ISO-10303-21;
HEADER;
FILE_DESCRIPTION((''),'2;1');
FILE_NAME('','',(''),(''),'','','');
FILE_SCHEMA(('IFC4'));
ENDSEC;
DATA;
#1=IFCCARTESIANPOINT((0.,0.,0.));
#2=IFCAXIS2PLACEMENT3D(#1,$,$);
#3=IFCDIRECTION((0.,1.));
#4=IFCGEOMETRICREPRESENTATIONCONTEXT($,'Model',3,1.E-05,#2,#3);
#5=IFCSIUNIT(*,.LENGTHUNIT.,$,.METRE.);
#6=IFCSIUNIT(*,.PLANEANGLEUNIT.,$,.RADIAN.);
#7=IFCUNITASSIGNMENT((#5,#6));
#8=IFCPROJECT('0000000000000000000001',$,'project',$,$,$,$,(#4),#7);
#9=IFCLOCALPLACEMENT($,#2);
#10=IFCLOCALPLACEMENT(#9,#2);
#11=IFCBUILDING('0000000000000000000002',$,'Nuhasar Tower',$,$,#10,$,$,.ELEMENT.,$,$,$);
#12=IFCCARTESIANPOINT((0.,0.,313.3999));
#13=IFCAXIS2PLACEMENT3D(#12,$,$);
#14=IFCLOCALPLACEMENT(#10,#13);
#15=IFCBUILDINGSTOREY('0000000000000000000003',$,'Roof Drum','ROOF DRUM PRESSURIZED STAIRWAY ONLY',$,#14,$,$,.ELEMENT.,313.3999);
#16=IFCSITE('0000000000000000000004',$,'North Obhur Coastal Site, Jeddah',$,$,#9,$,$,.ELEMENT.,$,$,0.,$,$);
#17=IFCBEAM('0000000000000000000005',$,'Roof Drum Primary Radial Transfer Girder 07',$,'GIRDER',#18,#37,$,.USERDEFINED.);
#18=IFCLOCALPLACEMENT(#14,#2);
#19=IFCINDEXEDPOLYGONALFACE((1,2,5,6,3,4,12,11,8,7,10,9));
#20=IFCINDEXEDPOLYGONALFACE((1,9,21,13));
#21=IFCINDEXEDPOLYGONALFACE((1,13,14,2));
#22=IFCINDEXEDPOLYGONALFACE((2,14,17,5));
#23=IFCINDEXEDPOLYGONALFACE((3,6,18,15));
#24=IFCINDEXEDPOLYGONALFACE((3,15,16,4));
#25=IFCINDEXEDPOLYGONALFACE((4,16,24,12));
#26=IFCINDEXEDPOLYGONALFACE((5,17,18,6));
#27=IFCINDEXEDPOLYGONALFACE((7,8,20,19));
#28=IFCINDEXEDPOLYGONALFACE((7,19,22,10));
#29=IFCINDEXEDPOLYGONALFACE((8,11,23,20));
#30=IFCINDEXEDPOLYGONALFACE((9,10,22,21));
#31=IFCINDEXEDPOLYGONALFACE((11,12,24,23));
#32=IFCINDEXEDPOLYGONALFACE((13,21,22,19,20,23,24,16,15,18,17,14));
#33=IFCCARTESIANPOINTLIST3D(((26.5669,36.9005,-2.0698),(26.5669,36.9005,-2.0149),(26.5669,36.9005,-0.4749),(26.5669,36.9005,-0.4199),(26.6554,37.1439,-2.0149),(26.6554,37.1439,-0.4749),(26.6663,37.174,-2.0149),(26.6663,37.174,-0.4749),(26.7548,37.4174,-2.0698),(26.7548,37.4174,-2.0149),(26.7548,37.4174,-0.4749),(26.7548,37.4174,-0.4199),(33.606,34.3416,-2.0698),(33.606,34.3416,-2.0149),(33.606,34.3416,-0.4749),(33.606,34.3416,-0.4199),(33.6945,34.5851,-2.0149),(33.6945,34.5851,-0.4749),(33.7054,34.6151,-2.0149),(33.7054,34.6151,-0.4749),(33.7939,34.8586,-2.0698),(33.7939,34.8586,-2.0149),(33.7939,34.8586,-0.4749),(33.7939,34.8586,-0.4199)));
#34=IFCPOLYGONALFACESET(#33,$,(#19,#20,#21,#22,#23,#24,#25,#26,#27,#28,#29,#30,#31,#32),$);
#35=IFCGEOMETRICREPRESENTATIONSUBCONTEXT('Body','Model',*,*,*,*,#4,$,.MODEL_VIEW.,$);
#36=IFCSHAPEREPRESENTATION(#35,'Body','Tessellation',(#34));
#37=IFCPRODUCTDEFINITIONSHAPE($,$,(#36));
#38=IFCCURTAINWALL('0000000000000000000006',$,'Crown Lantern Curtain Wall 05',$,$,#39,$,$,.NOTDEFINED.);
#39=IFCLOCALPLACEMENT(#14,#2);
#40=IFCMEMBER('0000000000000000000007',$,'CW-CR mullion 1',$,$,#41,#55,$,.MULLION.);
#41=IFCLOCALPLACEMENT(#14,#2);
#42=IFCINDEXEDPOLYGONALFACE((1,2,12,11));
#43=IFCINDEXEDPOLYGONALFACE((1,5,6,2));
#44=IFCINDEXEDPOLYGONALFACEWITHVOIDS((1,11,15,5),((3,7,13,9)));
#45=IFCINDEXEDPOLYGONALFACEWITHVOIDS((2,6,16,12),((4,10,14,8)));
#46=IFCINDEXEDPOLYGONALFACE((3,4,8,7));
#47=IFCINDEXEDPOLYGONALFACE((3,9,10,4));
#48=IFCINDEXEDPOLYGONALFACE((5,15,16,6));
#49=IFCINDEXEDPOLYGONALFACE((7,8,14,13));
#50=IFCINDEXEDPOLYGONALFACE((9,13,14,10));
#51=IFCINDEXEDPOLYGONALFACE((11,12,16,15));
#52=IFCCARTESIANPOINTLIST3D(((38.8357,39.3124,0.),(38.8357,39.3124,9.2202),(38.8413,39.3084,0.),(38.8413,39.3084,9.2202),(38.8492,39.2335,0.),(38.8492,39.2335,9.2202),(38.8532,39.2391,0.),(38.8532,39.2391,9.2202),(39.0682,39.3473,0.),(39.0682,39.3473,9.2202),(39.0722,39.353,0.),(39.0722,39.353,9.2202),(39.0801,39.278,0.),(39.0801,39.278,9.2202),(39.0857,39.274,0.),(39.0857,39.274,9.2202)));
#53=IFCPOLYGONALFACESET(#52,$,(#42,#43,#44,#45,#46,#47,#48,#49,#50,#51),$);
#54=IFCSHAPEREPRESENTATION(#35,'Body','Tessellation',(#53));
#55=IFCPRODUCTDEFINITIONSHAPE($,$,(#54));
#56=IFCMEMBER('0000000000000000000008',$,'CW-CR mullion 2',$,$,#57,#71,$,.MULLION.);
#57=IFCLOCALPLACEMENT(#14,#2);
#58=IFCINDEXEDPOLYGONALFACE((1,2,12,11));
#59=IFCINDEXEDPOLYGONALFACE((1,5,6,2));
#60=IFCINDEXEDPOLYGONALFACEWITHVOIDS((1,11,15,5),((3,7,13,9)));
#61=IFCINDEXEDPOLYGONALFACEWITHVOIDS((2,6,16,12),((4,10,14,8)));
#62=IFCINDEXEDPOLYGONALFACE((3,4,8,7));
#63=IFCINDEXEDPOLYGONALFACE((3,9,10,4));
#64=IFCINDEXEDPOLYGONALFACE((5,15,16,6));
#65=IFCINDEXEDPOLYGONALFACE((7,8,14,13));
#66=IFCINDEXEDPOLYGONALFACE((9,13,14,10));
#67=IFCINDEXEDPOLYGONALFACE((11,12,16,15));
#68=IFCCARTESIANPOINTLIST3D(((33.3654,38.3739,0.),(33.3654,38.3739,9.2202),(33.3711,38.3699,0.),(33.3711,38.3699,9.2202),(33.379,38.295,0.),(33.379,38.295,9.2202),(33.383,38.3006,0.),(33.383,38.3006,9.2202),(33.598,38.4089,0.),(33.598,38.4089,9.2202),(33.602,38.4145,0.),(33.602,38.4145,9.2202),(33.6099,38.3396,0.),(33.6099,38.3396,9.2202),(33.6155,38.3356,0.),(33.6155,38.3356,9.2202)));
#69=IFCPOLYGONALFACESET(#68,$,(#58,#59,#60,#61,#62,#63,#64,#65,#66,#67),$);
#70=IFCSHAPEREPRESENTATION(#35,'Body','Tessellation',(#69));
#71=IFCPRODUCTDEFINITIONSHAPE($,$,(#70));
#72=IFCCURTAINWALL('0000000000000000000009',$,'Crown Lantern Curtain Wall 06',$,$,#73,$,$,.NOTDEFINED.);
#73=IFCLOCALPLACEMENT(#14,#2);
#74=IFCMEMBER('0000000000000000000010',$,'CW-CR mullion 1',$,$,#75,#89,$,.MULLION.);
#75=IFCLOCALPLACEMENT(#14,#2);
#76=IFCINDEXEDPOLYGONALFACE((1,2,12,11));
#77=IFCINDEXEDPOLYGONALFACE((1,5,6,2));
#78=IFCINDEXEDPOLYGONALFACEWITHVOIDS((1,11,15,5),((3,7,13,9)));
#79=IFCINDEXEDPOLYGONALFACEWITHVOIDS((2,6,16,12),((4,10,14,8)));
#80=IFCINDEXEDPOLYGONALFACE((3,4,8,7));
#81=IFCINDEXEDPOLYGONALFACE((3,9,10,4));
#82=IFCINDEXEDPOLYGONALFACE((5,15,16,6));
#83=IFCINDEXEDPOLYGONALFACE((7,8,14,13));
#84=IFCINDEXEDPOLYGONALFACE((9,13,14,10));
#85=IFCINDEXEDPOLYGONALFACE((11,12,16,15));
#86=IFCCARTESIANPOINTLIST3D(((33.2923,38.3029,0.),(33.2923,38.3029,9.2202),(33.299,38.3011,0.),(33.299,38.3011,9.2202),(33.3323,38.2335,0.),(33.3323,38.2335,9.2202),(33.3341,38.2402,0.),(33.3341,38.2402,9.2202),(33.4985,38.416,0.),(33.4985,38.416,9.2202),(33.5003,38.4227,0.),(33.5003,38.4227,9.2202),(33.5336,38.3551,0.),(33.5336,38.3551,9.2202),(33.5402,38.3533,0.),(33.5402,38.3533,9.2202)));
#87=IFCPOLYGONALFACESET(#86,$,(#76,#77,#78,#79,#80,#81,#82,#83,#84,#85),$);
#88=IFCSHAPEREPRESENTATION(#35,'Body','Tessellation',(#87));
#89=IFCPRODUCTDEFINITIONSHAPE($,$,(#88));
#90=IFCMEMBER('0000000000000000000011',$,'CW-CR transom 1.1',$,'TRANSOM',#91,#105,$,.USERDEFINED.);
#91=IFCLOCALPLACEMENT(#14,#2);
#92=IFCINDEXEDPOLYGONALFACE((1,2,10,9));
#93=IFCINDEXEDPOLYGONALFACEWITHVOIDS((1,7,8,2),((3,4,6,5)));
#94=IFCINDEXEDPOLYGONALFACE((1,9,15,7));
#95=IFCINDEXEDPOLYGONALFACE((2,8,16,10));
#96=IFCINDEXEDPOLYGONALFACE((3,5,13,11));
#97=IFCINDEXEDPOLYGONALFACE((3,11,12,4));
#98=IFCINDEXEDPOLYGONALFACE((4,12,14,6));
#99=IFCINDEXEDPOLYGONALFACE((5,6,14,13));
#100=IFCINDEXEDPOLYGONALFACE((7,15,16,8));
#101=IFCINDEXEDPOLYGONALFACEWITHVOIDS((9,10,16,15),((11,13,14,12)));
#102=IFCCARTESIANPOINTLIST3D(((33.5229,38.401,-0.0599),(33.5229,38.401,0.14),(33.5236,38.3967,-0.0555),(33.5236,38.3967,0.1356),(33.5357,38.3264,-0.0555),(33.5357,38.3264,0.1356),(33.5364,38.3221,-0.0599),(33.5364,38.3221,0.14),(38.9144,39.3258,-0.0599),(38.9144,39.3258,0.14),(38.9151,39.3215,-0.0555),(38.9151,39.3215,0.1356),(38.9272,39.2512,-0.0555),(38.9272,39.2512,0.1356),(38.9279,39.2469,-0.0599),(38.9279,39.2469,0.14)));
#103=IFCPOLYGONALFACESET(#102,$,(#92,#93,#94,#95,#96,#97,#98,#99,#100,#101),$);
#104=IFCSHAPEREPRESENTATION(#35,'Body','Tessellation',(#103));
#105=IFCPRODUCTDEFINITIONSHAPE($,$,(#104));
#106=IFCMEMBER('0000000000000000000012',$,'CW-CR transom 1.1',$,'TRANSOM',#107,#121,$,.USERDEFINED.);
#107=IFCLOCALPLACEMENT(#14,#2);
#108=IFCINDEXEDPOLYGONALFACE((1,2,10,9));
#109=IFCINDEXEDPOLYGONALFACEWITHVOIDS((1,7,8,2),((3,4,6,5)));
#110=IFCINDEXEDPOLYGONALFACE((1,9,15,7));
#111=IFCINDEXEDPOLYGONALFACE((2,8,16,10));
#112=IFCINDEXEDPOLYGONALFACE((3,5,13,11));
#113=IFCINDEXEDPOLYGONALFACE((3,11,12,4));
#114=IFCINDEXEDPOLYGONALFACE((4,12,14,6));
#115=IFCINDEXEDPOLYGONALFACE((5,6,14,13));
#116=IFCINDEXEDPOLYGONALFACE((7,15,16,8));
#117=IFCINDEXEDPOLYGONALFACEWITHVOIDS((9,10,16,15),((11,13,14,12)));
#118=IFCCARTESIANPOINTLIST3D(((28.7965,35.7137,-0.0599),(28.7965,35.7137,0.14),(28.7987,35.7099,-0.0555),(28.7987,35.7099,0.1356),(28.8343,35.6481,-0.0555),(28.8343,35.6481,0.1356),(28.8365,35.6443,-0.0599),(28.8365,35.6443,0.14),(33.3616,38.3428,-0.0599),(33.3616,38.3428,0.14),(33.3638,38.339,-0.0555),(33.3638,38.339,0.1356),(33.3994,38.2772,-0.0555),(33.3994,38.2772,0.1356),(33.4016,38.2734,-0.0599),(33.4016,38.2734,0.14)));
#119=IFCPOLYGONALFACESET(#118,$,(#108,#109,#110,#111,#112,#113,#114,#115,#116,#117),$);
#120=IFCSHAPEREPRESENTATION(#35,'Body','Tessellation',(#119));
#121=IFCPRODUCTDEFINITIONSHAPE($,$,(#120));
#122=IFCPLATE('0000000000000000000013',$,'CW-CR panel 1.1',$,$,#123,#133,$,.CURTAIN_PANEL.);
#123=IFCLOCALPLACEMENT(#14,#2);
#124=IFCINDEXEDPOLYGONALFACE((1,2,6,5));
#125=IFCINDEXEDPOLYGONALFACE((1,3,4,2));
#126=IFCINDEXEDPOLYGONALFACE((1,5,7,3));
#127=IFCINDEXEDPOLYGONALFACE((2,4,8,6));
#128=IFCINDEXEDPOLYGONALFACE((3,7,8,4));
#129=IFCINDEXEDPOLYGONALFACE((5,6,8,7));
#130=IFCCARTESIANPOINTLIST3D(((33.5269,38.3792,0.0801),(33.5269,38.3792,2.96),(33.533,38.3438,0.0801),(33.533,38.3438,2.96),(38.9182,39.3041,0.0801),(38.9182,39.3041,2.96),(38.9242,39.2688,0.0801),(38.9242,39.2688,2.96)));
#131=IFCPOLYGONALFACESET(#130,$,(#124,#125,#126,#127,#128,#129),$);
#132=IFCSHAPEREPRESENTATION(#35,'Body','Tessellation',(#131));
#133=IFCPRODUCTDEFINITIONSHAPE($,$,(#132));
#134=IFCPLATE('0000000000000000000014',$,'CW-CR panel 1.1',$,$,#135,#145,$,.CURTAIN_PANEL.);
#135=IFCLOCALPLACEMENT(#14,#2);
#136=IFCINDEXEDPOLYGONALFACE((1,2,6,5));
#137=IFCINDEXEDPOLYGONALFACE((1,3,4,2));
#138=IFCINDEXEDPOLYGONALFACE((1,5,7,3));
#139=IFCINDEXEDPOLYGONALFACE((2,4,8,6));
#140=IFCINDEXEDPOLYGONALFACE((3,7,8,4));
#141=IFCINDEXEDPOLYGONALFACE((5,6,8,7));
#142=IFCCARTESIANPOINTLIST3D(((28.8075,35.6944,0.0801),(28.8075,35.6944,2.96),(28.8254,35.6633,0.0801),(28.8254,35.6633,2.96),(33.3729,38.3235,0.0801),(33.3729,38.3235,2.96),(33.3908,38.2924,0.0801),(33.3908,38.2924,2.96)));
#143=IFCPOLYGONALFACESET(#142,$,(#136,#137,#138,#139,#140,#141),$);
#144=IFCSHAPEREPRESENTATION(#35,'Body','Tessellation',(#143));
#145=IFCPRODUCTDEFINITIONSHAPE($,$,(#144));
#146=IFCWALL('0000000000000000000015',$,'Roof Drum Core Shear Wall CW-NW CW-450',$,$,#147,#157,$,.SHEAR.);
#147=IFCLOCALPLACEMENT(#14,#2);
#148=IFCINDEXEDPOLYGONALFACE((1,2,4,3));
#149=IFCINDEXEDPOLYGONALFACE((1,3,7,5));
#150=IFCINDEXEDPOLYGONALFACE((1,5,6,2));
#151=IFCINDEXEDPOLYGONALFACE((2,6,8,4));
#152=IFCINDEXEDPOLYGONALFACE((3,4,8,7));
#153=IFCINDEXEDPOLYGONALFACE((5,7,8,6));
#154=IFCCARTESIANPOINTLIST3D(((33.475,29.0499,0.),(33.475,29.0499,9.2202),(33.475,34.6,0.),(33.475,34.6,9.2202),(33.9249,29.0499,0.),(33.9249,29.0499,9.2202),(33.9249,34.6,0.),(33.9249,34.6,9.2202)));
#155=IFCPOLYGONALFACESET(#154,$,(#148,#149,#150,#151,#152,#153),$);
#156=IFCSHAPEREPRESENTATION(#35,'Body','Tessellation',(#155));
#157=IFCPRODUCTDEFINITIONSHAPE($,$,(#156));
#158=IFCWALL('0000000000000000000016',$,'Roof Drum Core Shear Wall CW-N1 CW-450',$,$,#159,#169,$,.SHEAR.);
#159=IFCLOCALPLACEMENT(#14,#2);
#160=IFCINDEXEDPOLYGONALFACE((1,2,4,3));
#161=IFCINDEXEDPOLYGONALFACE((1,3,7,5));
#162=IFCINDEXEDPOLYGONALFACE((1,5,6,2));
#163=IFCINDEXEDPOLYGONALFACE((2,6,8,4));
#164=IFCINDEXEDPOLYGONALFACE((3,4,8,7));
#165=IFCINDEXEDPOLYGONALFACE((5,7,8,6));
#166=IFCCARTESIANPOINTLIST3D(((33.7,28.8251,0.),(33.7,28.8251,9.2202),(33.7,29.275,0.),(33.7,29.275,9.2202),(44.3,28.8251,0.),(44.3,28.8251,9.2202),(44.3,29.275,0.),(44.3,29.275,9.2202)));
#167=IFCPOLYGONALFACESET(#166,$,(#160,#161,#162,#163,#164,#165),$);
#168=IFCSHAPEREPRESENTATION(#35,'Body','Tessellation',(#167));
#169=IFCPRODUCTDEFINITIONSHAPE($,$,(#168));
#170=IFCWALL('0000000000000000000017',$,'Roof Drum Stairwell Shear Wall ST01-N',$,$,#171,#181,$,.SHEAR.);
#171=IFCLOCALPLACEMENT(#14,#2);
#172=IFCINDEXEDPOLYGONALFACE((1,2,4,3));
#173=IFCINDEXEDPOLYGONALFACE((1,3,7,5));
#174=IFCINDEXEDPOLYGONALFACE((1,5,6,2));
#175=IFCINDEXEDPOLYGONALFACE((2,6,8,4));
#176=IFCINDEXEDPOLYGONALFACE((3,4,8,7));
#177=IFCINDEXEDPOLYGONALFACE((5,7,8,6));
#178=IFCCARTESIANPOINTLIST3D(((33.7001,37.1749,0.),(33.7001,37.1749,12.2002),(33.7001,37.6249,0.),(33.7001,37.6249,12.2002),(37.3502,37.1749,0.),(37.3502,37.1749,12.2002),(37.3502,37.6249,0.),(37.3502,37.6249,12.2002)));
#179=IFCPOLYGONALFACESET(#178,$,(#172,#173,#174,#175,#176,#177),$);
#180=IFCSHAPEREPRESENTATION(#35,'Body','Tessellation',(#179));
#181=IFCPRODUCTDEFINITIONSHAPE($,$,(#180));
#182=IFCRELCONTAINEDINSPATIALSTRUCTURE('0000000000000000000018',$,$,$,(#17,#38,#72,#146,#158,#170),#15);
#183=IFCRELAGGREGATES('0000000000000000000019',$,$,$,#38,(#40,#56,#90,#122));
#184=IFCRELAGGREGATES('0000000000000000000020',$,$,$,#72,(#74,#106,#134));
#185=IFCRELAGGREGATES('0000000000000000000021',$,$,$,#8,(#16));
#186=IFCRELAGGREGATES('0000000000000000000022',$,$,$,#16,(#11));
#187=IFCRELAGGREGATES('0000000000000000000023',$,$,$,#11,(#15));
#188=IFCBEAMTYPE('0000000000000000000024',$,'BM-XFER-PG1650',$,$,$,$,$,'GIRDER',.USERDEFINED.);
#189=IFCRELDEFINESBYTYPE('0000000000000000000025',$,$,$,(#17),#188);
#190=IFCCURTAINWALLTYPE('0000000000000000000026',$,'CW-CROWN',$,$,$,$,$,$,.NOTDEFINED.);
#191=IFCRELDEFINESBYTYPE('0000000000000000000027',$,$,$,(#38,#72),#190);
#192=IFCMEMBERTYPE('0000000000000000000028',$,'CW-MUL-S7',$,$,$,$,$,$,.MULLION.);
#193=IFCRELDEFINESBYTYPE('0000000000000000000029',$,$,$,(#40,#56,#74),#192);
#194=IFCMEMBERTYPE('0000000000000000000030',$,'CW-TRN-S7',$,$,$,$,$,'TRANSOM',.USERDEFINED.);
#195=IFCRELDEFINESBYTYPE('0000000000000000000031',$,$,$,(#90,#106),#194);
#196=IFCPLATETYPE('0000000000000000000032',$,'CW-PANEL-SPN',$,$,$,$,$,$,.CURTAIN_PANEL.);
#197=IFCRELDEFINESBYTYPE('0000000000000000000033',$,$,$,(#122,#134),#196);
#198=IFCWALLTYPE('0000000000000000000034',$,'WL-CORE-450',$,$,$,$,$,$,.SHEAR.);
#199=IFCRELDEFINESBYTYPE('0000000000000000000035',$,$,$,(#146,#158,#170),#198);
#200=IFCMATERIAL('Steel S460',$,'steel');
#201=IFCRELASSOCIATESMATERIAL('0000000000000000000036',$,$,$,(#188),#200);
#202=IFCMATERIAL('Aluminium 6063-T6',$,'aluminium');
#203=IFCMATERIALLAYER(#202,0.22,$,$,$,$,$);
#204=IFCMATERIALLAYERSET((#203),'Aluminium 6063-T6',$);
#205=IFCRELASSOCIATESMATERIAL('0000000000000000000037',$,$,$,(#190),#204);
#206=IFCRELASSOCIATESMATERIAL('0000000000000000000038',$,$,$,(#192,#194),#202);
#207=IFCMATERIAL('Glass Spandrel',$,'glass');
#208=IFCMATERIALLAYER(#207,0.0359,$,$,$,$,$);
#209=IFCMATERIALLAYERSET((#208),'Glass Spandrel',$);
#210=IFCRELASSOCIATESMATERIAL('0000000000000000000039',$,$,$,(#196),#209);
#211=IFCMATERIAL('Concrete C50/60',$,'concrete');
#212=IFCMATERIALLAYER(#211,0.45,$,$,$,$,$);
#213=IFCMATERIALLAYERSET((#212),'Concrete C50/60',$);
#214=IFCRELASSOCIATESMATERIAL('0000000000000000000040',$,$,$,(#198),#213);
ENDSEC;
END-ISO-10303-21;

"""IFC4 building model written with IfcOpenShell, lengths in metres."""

from ifc_helpers import new_model, si_unit, direction, frame, frame_2d, origin, origin_2d, place, context, subcontext, project, spatial, rectangle, hollow_rectangle, i_section, extrude, material, layer, layer_set, material_profile, profile_set, type_object, element, aggregate, save


model = new_model("IFC4")

# Units and contexts
model_context = context("Model", 3, precision=1e-05, world=origin(), true_north=direction((0.0, 1.0)))
body_context = subcontext(model_context, "Body", "Model", "MODEL_VIEW")
ifc_project = project(units=[si_unit("LENGTHUNIT", "METRE"), si_unit("PLANEANGLEUNIT", "RADIAN")], contexts=[model_context])

# Site, building, storey
site_placement = place(None, origin())
site = spatial("IfcSite", under=ifc_project, at=site_placement, Name="North Obhur Coastal Site, Jeddah", CompositionType="ELEMENT", RefElevation=0.0)
building_placement = place(site_placement, origin())
building = spatial("IfcBuilding", under=site, at=building_placement, Name="Nuhasar Tower", CompositionType="ELEMENT")
storey_placement = place(building_placement, frame((0.0, 0.0, 313.3999)))
storey = spatial("IfcBuildingStorey", under=building, at=storey_placement, Name="Roof Drum", Description="ROOF DRUM PRESSURIZED STAIRWAY ONLY", CompositionType="ELEMENT", Elevation=313.3999)

# Shared definitions
ifc_material_1 = material(Name="Concrete C50/60", Category="concrete")

# Beam
ifc_material_2 = material(Name="Steel S460", Category="steel")
ifc_material_profile_1 = material_profile(ifc_material_2, i_section(OverallWidth=0.55, OverallDepth=1.6499, WebThickness=0.032, FlangeThickness=0.0549, at=origin_2d()), Name="PG1650X550")
ifc_profile_set_1 = profile_set([ifc_material_profile_1], Name="Steel S460")
beam_type_1 = type_object("IfcBeamType", Name="BM-XFER-PG1650", ElementType="GIRDER", PredefinedType="USERDEFINED", material=ifc_profile_set_1)
beam_1_placement = place(storey_placement, frame((33.7, 34.6001, -1.2449), z_axis=(-0.939829, 0.341646, 0.0), x_axis=(-0.341646, -0.939829, 0.0)))
element("IfcBeam", 1, at=beam_1_placement, inside=storey, type_object=beam_type_1, Name="Roof Drum Primary Radial Transfer Girder 07", ObjectType="GIRDER", PredefinedType="USERDEFINED", context=body_context, shape_type="SweptSolid", body=[
    extrude(i_section(OverallWidth=0.55, OverallDepth=1.6499, WebThickness=0.032, FlangeThickness=0.0549, at=origin_2d()), origin(), (0.0, 0.0, 1.0), 7.4897),
])

# Curtain wall, members
ifc_material_3 = material(Name="Aluminium 6063-T6", Category="aluminium")
ifc_layer_1 = layer(ifc_material_3, 0.22)
ifc_layer_set_1 = layer_set([ifc_layer_1], Name="Aluminium 6063-T6")
curtain_wall_type = type_object("IfcCurtainWallType", Name="CW-CROWN", PredefinedType="NOTDEFINED", material=ifc_layer_set_1)
curtain_wall_1_placement = place(storey_placement, origin())
curtain_wall_1 = element("IfcCurtainWall", 2, at=curtain_wall_1_placement, inside=storey, type_object=curtain_wall_type, Name="Crown Lantern Curtain Wall 05", PredefinedType="NOTDEFINED")
ifc_material_profile_2 = material_profile(ifc_material_3, hollow_rectangle(XDim=0.0801, YDim=0.24, WallThickness=0.0049, at=origin_2d()), Name="CWM-7")
ifc_profile_set_2 = profile_set([ifc_material_profile_2], Name="Aluminium 6063-T6")
member_type_1 = type_object("IfcMemberType", Name="CW-MUL-S7", PredefinedType="MULLION", material=ifc_profile_set_2)
member_1_placement = place(storey_placement, frame((38.9607, 39.2932, 0.0), z_axis=(0.0, 0.0, 1.0), x_axis=(0.169092, -0.9856, 0.0)))
member_1 = element("IfcMember", 3, at=member_1_placement, type_object=member_type_1, Name="CW-CR mullion 1", PredefinedType="MULLION", context=body_context, shape_type="SweptSolid", body=[
    extrude(hollow_rectangle(XDim=0.0801, YDim=0.24, WallThickness=0.0049, at=origin_2d()), origin(), (0.0, 0.0, 1.0), 9.2202),
])
member_2_placement = place(storey_placement, frame((33.4905, 38.3547, 0.0), z_axis=(0.0, 0.0, 1.0), x_axis=(0.169092, -0.9856, 0.0)))
member_2 = element("IfcMember", 4, at=member_2_placement, type_object=member_type_1, Name="CW-CR mullion 2", PredefinedType="MULLION", context=body_context, shape_type="SweptSolid", body=[
    extrude(hollow_rectangle(XDim=0.0801, YDim=0.24, WallThickness=0.0049, at=origin_2d()), origin(), (0.0, 0.0, 1.0), 9.2202),
])

# Curtain wall, member
curtain_wall_2_placement = place(storey_placement, origin())
curtain_wall_2 = element("IfcCurtainWall", 5, at=curtain_wall_2_placement, inside=storey, type_object=curtain_wall_type, Name="Crown Lantern Curtain Wall 06", PredefinedType="NOTDEFINED")
member_3_placement = place(storey_placement, frame((33.4163, 38.3281, 0.0), z_axis=(0.0, 0.0, 1.0), x_axis=(0.499052, -0.866572, 0.0)))
member_3 = element("IfcMember", 6, at=member_3_placement, type_object=member_type_1, Name="CW-CR mullion 1", PredefinedType="MULLION", context=body_context, shape_type="SweptSolid", body=[
    extrude(hollow_rectangle(XDim=0.0801, YDim=0.24, WallThickness=0.0049, at=origin_2d()), origin(), (0.0, 0.0, 1.0), 9.2202),
])

# Members
ifc_material_profile_3 = material_profile(ifc_material_3, hollow_rectangle(XDim=0.0801, YDim=0.2, WallThickness=0.0044, at=origin_2d()), Name="CWT-7")
ifc_profile_set_3 = profile_set([ifc_material_profile_3], Name="Aluminium 6063-T6")
member_type_2 = type_object("IfcMemberType", Name="CW-TRN-S7", ElementType="TRANSOM", PredefinedType="USERDEFINED", material=ifc_profile_set_3)
member_4_placement = place(storey_placement, frame((38.9211, 39.2864, 0.04), z_axis=(-0.985605, -0.169065, 0.0), x_axis=(0.169065, -0.985605, 0.0)))
member_4 = element("IfcMember", 7, at=member_4_placement, type_object=member_type_2, Name="CW-CR transom 1.1", ObjectType="TRANSOM", PredefinedType="USERDEFINED", context=body_context, shape_type="SweptSolid", body=[
    extrude(hollow_rectangle(XDim=0.0801, YDim=0.2, WallThickness=0.0044, at=origin_2d()), origin(), (0.0, 0.0, 1.0), 5.4702),
])
member_5_placement = place(storey_placement, frame((33.3816, 38.3081, 0.04), z_axis=(-0.866564, -0.499066, 0.0), x_axis=(0.499066, -0.866564, 0.0)))
member_5 = element("IfcMember", 8, at=member_5_placement, type_object=member_type_2, Name="CW-CR transom 1.1", ObjectType="TRANSOM", PredefinedType="USERDEFINED", context=body_context, shape_type="SweptSolid", body=[
    extrude(hollow_rectangle(XDim=0.0801, YDim=0.2, WallThickness=0.0044, at=origin_2d()), origin(), (0.0, 0.0, 1.0), 5.2681),
])

# Plates
ifc_material_4 = material(Name="Glass Spandrel", Category="glass")
ifc_layer_2 = layer(ifc_material_4, 0.0359)
ifc_layer_set_2 = layer_set([ifc_layer_2], Name="Glass Spandrel")
plate_type = type_object("IfcPlateType", Name="CW-PANEL-SPN", PredefinedType="CURTAIN_PANEL", material=ifc_layer_set_2)
plate_1_placement = place(storey_placement, frame((36.2256, 38.824, 0.0801), z_axis=(0.0, 0.0, 1.0), x_axis=(-0.9856, -0.169092, 0.0)))
plate_1 = element("IfcPlate", 9, at=plate_1_placement, type_object=plate_type, Name="CW-CR panel 1.1", PredefinedType="CURTAIN_PANEL", context=body_context, shape_type="SweptSolid", body=[
    extrude(rectangle(XDim=5.47, YDim=0.0359, at=origin_2d()), origin(), (0.0, 0.0, 1.0), 2.8799),
])
aggregate(curtain_wall_1, [member_1, member_2, member_4, plate_1])
plate_2_placement = place(storey_placement, frame((31.0991, 36.9934, 0.0801), z_axis=(0.0, 0.0, 1.0), x_axis=(-0.866572, -0.499052, 0.0)))
plate_2 = element("IfcPlate", 10, at=plate_2_placement, type_object=plate_type, Name="CW-CR panel 1.1", PredefinedType="CURTAIN_PANEL", context=body_context, shape_type="SweptSolid", body=[
    extrude(rectangle(XDim=5.2683, YDim=0.0359, at=origin_2d()), origin(), (0.0, 0.0, 1.0), 2.8799),
])
aggregate(curtain_wall_2, [member_3, member_5, plate_2])

# Walls
ifc_layer_3 = layer(ifc_material_1, 0.45)
ifc_layer_set_3 = layer_set([ifc_layer_3], Name="Concrete C50/60")
wall_type_1 = type_object("IfcWallType", Name="WL-CORE-450", PredefinedType="SHEAR", material=ifc_layer_set_3)
wall_1_placement = place(storey_placement, frame((33.7, 29.05, 0.0), z_axis=(0.0, 0.0, 1.0), x_axis=(0.0, 1.0, 0.0)))
element("IfcWall", 11, at=wall_1_placement, inside=storey, type_object=wall_type_1, Name="Roof Drum Core Shear Wall CW-NW CW-450", PredefinedType="SHEAR", context=body_context, shape_type="SweptSolid", body=[
    extrude(rectangle(XDim=5.55, YDim=0.45, at=frame_2d((2.7749, 0.0))), origin(), (0.0, 0.0, 1.0), 9.2202),
])
wall_2_placement = place(storey_placement, frame((33.7, 29.05, 0.0), z_axis=(0.0, 0.0, 1.0), x_axis=(1.0, 0.0, 0.0)))
element("IfcWall", 12, at=wall_2_placement, inside=storey, type_object=wall_type_1, Name="Roof Drum Core Shear Wall CW-N1 CW-450", PredefinedType="SHEAR", context=body_context, shape_type="SweptSolid", body=[
    extrude(rectangle(XDim=10.6001, YDim=0.45, at=frame_2d((5.3, 0.0))), origin(), (0.0, 0.0, 1.0), 9.2202),
])
wall_3_placement = place(storey_placement, frame((33.7, 37.3999, 0.0), z_axis=(0.0, 0.0, 1.0), x_axis=(1.0, 0.0, 0.0)))
element("IfcWall", 13, at=wall_3_placement, inside=storey, type_object=wall_type_1, Name="Roof Drum Stairwell Shear Wall ST01-N", PredefinedType="SHEAR", context=body_context, shape_type="SweptSolid", body=[
    extrude(rectangle(XDim=3.6501, YDim=0.45, at=frame_2d((1.8252, 0.0))), origin(), (0.0, 0.0, 1.0), 12.2002),
])

save(model, "model.ifc")
